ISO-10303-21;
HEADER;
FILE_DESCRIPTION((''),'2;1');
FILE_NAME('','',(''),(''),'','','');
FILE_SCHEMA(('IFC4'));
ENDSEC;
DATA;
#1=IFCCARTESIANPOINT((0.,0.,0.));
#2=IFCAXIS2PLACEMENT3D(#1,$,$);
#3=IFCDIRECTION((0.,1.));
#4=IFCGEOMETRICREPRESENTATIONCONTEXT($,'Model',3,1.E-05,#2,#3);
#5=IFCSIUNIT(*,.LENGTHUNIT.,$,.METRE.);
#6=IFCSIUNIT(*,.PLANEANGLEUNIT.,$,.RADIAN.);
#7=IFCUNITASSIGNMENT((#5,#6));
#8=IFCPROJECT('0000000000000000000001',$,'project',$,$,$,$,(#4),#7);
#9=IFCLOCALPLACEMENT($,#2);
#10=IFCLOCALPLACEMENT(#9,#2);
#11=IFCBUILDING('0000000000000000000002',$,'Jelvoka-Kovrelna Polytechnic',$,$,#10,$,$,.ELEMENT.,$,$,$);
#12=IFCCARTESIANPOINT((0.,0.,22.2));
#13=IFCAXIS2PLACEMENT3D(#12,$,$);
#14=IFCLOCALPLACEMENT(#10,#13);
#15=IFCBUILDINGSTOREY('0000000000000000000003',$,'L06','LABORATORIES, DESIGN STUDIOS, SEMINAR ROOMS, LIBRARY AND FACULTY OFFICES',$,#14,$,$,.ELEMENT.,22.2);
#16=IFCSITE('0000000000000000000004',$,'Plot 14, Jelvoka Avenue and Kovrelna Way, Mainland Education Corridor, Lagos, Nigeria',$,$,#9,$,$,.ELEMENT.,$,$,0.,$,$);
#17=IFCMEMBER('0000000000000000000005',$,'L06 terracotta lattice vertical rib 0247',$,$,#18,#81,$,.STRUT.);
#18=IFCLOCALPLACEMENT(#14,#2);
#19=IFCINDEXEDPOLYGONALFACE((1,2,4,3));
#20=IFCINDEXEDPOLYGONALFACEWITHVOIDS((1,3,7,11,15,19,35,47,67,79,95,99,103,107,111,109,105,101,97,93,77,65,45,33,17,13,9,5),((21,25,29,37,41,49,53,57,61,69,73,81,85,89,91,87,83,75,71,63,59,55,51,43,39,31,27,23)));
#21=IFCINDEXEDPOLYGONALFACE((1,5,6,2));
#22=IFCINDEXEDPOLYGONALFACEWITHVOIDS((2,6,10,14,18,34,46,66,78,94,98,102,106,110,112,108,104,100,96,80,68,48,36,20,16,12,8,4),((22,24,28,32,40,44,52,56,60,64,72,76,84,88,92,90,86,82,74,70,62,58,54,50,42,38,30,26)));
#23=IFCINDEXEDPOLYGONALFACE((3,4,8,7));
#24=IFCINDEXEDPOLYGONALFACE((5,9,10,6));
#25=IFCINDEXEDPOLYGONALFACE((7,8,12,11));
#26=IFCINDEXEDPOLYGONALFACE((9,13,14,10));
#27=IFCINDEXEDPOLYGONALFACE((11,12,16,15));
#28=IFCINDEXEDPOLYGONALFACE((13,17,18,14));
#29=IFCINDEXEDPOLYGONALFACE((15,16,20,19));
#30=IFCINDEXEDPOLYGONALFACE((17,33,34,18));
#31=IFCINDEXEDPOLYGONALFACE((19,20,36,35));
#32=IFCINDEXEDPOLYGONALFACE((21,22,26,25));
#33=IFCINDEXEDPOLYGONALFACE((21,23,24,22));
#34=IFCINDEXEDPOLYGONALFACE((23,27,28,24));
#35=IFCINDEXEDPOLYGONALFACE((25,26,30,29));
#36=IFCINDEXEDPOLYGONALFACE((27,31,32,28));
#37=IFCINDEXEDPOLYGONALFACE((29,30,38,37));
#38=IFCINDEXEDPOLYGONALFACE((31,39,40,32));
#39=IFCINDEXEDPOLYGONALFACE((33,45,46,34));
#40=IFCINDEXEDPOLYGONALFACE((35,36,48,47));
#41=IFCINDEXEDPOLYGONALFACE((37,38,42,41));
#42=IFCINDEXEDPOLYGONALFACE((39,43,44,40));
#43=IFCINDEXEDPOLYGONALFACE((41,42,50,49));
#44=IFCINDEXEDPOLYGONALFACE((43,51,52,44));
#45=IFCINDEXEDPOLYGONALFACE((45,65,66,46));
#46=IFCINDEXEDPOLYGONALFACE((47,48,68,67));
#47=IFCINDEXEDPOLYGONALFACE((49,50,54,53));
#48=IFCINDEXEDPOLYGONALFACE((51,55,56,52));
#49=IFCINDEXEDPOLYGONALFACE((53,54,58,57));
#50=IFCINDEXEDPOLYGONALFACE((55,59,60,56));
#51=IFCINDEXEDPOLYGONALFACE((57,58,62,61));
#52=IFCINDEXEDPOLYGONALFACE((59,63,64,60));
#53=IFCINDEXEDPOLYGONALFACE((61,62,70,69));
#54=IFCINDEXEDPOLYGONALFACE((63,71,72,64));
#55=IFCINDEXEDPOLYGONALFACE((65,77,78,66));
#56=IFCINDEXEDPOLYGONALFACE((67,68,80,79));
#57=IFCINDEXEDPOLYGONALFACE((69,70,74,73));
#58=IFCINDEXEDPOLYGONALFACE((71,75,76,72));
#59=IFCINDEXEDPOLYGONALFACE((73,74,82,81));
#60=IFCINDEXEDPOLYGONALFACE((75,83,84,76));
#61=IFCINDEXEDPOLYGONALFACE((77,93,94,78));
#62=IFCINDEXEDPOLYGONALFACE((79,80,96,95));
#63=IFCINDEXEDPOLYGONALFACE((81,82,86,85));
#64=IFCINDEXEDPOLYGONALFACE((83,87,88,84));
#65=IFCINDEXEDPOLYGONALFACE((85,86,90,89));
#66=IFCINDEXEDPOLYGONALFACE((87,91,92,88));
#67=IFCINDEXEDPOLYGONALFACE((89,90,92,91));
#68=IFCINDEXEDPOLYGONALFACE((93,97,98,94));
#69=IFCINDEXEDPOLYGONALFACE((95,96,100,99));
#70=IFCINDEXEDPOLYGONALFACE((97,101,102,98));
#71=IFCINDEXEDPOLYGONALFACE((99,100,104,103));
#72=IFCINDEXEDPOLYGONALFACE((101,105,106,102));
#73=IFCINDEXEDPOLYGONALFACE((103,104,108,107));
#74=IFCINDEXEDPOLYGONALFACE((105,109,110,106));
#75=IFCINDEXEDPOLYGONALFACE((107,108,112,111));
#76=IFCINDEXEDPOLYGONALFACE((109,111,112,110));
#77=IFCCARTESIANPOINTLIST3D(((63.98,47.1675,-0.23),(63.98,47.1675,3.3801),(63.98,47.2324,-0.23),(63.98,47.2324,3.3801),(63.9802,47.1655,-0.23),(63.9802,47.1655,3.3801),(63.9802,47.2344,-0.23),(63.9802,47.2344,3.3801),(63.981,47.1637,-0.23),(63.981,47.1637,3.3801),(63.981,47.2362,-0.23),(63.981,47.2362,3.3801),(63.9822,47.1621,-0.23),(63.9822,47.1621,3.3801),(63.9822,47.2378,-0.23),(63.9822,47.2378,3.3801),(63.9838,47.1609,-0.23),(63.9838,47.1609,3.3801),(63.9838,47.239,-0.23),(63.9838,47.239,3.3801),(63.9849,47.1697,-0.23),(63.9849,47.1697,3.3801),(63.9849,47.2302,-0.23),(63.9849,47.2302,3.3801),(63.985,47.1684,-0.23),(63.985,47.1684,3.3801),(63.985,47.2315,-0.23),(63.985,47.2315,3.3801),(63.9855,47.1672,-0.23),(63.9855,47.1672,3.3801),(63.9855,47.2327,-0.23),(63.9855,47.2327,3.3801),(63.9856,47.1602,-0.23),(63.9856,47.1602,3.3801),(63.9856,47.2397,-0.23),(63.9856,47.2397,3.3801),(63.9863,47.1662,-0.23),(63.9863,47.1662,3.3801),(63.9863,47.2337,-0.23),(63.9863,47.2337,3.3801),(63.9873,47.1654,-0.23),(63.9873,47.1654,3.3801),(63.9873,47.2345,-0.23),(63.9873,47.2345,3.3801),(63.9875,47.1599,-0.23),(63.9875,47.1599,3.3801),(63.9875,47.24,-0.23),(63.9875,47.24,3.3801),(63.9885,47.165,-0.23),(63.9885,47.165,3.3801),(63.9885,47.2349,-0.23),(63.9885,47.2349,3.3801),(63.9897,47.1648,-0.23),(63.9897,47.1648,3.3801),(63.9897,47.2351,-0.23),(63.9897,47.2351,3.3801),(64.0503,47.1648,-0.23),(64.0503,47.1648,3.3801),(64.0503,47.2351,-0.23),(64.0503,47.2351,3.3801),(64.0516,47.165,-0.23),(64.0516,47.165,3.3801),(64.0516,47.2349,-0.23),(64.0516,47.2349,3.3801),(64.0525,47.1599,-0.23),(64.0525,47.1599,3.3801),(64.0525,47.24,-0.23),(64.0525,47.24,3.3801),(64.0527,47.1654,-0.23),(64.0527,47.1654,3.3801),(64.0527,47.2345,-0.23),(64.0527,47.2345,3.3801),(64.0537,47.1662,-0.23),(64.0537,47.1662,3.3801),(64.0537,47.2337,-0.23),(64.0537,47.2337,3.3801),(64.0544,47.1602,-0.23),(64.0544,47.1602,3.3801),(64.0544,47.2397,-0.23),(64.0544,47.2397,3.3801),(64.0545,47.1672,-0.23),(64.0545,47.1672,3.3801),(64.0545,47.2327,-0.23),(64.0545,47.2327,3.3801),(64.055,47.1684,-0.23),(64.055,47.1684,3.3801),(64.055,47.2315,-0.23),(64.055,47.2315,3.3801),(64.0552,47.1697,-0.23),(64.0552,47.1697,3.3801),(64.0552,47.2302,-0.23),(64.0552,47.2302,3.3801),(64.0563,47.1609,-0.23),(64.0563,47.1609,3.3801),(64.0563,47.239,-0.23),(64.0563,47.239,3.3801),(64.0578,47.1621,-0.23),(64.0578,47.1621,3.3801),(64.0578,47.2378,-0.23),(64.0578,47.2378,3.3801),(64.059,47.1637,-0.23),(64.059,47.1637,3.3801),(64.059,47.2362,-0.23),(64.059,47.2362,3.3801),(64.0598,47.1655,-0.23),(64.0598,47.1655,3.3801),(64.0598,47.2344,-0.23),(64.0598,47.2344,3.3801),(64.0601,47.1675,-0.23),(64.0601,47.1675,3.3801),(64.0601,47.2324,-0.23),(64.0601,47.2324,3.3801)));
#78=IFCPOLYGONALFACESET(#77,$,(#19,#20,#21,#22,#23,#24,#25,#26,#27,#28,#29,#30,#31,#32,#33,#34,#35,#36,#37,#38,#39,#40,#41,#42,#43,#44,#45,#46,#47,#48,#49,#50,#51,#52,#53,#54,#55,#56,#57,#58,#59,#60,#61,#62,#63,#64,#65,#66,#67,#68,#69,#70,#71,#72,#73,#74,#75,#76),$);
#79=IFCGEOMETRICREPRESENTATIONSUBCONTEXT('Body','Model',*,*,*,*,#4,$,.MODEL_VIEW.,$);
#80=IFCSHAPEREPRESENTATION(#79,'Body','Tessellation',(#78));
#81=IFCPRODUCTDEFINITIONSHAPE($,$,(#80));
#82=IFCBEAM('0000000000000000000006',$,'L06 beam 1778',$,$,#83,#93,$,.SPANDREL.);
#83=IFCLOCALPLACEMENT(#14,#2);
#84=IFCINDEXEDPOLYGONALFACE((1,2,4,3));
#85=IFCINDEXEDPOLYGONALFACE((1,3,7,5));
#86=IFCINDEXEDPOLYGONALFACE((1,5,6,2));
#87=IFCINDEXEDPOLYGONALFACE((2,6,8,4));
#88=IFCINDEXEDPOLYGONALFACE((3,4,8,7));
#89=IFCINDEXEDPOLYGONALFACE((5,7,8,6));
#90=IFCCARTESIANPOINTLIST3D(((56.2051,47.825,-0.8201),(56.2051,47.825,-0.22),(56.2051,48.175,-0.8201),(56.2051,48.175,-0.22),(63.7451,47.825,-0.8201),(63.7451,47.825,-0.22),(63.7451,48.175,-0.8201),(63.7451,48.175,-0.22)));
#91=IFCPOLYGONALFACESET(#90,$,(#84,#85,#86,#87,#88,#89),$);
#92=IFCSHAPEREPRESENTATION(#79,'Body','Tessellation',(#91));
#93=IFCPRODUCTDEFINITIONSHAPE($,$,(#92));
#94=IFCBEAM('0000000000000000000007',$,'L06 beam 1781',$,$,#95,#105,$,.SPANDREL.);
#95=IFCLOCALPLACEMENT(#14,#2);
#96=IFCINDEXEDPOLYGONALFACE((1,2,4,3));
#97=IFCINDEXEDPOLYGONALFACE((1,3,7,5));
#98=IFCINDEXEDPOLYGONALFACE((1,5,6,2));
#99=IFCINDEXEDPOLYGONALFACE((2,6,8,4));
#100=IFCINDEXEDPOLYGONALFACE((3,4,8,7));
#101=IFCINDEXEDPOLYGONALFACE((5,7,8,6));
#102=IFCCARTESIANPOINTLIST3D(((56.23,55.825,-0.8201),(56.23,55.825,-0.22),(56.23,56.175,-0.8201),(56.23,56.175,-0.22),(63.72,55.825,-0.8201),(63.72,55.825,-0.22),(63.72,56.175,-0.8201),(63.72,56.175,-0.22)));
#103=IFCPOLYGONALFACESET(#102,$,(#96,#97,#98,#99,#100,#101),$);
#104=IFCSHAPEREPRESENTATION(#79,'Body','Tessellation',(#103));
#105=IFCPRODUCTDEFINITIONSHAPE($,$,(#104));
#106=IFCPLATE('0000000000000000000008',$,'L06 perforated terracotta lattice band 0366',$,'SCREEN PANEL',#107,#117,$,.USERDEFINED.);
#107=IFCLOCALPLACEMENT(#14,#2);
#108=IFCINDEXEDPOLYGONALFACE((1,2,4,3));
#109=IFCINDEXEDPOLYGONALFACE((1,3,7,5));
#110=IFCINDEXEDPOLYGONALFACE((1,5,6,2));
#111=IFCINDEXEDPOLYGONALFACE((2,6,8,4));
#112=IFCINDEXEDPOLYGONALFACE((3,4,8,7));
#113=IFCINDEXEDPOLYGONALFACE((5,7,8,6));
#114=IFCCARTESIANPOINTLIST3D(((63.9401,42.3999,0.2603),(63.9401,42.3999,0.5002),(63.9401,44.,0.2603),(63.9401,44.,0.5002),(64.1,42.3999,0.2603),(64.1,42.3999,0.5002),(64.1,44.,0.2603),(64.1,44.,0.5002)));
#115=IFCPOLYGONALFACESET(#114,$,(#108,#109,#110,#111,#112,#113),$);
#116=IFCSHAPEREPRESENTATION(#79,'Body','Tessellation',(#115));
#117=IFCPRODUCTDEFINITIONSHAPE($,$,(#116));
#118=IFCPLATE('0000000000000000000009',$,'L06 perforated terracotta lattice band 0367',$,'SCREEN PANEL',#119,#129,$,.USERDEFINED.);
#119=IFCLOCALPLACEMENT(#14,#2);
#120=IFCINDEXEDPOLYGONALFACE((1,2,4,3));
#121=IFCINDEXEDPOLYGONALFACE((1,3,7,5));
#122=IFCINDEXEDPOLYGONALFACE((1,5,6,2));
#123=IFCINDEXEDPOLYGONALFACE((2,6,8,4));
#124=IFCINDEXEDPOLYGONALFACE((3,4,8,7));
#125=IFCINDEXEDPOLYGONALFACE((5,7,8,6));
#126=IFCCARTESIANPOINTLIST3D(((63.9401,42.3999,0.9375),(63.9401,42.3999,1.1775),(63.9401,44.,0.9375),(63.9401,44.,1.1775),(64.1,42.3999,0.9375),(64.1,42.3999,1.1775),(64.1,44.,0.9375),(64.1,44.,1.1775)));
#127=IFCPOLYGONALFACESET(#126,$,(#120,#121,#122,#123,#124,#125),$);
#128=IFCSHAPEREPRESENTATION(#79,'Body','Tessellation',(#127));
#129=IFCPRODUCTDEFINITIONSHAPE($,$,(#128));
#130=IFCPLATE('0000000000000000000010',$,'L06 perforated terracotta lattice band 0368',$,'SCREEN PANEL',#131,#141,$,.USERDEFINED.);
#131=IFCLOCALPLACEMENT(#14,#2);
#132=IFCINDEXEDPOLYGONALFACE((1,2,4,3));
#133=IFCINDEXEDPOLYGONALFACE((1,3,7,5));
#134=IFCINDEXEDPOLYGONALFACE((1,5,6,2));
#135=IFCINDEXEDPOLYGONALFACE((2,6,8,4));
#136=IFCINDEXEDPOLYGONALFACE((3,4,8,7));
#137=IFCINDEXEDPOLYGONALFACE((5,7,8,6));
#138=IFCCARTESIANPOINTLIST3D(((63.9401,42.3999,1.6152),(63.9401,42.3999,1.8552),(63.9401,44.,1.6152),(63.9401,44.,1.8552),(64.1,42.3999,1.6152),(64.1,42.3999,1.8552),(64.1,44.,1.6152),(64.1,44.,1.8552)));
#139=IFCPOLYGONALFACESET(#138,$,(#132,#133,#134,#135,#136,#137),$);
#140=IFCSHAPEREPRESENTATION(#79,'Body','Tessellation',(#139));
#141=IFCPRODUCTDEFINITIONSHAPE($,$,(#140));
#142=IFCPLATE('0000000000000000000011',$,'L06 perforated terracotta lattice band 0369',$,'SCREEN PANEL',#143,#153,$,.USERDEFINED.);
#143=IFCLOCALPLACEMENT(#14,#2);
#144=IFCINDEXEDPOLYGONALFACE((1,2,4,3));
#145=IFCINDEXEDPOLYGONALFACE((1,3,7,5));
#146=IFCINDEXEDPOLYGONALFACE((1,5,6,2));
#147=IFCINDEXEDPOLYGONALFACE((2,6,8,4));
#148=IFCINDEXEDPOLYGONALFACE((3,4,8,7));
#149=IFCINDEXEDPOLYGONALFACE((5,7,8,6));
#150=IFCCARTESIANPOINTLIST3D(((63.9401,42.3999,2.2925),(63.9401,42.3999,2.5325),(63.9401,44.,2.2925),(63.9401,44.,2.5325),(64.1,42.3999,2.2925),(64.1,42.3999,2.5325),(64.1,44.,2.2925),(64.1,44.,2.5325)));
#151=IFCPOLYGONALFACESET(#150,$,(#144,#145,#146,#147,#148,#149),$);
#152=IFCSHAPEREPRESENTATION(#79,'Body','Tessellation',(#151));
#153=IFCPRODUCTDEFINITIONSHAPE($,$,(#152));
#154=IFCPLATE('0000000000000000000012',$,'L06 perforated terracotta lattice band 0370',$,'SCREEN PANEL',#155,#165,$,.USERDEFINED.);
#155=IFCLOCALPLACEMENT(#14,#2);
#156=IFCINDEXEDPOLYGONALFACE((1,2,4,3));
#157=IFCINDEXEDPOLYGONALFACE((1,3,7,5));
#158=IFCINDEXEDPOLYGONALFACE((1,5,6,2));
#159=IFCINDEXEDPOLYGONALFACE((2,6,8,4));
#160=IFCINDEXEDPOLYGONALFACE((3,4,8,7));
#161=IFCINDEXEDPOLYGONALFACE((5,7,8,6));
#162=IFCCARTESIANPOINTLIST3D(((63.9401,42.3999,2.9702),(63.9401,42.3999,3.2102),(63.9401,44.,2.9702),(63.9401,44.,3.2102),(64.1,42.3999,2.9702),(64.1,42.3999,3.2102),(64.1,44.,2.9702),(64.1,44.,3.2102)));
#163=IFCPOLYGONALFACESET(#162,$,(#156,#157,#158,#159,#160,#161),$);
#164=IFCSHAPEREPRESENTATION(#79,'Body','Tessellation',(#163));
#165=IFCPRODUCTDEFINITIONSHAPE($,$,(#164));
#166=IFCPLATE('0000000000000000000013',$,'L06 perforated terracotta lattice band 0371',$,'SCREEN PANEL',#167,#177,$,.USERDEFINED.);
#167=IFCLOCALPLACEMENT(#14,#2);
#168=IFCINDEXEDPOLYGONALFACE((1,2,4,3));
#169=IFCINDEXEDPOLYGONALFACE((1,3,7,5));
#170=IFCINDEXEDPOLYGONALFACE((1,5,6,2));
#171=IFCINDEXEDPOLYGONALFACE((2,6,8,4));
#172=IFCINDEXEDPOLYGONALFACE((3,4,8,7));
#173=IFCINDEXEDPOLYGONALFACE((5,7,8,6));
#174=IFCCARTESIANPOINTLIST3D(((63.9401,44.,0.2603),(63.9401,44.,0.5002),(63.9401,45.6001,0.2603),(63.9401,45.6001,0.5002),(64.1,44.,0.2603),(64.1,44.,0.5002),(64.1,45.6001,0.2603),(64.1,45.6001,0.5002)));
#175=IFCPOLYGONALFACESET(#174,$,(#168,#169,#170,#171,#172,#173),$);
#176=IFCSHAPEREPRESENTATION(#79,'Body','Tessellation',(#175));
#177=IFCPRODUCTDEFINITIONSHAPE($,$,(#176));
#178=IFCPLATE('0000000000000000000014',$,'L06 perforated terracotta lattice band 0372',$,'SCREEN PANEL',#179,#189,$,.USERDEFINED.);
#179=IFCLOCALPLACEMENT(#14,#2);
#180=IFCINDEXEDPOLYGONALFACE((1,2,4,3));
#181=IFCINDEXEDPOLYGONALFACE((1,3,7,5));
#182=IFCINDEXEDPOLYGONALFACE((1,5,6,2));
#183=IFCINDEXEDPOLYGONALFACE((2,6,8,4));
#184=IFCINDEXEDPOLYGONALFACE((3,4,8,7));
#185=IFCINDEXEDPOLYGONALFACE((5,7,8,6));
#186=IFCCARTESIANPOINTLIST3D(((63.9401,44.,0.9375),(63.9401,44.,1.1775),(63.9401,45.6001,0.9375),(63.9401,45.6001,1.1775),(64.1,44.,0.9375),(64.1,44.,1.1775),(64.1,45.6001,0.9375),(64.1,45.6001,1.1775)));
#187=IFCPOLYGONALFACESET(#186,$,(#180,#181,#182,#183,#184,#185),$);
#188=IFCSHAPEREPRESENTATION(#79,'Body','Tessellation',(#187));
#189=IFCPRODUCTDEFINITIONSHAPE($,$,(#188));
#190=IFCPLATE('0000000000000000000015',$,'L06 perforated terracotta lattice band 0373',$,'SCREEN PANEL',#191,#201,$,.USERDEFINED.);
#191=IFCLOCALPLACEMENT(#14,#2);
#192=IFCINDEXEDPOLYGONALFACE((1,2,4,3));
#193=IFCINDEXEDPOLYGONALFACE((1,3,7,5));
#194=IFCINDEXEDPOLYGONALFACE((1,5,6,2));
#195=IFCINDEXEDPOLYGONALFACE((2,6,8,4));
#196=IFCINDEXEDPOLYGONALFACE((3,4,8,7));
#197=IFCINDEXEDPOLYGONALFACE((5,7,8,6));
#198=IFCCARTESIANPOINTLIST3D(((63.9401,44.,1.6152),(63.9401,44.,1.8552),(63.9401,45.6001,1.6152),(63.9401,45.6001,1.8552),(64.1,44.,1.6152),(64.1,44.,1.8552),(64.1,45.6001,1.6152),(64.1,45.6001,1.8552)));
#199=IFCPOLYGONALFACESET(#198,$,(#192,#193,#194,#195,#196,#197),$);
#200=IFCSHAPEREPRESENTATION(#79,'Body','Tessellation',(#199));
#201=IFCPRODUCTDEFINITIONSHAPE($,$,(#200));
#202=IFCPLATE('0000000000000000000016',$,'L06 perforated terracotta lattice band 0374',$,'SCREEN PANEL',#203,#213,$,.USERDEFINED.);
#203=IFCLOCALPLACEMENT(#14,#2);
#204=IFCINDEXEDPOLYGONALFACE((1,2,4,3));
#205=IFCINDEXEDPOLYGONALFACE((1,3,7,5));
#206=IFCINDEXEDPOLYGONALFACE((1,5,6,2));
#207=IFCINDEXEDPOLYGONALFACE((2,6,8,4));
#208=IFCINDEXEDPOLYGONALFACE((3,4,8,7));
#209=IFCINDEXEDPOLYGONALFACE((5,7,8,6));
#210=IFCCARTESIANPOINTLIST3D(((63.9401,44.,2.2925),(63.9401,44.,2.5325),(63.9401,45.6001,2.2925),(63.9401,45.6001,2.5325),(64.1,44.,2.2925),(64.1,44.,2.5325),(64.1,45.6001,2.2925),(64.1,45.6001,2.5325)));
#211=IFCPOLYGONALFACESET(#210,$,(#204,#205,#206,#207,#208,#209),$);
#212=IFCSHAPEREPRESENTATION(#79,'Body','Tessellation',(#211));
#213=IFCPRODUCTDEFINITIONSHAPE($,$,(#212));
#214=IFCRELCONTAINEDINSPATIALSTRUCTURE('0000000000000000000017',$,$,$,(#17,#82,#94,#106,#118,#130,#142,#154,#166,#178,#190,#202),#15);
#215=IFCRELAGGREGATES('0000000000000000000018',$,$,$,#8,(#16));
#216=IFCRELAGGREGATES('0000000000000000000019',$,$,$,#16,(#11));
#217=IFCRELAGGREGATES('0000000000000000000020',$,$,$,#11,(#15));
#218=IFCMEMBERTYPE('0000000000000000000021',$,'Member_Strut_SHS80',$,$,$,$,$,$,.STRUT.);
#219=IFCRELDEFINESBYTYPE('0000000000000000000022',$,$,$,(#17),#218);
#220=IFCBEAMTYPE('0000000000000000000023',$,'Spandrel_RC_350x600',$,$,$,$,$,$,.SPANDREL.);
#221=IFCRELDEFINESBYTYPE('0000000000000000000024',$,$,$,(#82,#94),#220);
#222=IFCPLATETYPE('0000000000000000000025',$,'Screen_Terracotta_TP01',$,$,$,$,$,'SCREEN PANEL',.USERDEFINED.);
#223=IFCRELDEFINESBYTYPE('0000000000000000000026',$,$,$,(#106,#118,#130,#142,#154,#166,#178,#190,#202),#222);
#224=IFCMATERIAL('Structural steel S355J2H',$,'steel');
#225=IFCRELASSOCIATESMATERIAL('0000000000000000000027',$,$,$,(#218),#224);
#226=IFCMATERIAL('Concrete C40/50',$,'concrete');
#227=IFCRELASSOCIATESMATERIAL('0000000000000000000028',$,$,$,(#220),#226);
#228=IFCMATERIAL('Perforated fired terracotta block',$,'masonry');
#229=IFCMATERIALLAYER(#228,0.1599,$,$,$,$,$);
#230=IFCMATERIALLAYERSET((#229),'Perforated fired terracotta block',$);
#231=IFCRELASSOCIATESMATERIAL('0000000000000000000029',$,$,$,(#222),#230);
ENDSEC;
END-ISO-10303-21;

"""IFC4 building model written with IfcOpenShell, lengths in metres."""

from ifc_helpers import new_model, si_unit, direction, frame, origin, origin_2d, place, context, subcontext, project, spatial, rectangle, hollow_rectangle, extrude, material, layer, layer_set, material_profile, profile_set, type_object, element, save


model = new_model("IFC4")

# Units and contexts
model_context = context("Model", 3, precision=1e-05, world=origin(), true_north=direction((0.0, 1.0)))
body_context = subcontext(model_context, "Body", "Model", "MODEL_VIEW")
ifc_project = project(units=[si_unit("LENGTHUNIT", "METRE"), si_unit("PLANEANGLEUNIT", "RADIAN")], contexts=[model_context])

# Site, building, storey
site_placement = place(None, origin())
site = spatial("IfcSite", under=ifc_project, at=site_placement, Name="Plot 14, Jelvoka Avenue and Kovrelna Way, Mainland Education Corridor, Lagos, Nigeria", CompositionType="ELEMENT", RefElevation=0.0)
building_placement = place(site_placement, origin())
building = spatial("IfcBuilding", under=site, at=building_placement, Name="Jelvoka-Kovrelna Polytechnic", CompositionType="ELEMENT")
storey_placement = place(building_placement, frame((0.0, 0.0, 22.2)))
storey = spatial("IfcBuildingStorey", under=building, at=storey_placement, Name="L06", Description="LABORATORIES, DESIGN STUDIOS, SEMINAR ROOMS, LIBRARY AND FACULTY OFFICES", CompositionType="ELEMENT", Elevation=22.2)

# Member
ifc_material_1 = material(Name="Structural steel S355J2H", Category="steel")
ifc_material_profile_1 = material_profile(ifc_material_1, hollow_rectangle(XDim=0.0801, YDim=0.0801, WallThickness=0.0049, InnerFilletRadius=0.0049, OuterFilletRadius=0.0076, at=origin_2d()), Name="80x80x5.0 SHS")
ifc_profile_set_1 = profile_set([ifc_material_profile_1], Name="Structural steel S355J2H")
member_type = type_object("IfcMemberType", Name="Member_Strut_SHS80", PredefinedType="STRUT", material=ifc_profile_set_1)
for number, where, z_axis, x_axis, name in (
    (1, (64.02, 47.2, -0.23), (0.0, 0.0, 1.0), (1.0, 0.0, 0.0), "L06 terracotta lattice vertical rib 0247"),
):
    element("IfcMember", number, at=place(storey_placement, frame(where, z_axis=z_axis, x_axis=x_axis)), inside=storey, type_object=member_type, Name=name, PredefinedType="STRUT", context=body_context, shape_type="SweptSolid", body=[
        extrude(hollow_rectangle(XDim=0.0801, YDim=0.0801, WallThickness=0.0049, InnerFilletRadius=0.0049, OuterFilletRadius=0.0076, at=origin_2d()), origin(), (0.0, 0.0, 1.0), 3.6101),
    ])

# Beams
ifc_material_2 = material(Name="Concrete C40/50", Category="concrete")
ifc_material_profile_2 = material_profile(ifc_material_2, rectangle(XDim=0.3501, YDim=0.6001, at=origin_2d()), Name="RC 350x600")
ifc_profile_set_2 = profile_set([ifc_material_profile_2], Name="Concrete C40/50")
beam_type_1 = type_object("IfcBeamType", Name="Spandrel_RC_350x600", PredefinedType="SPANDREL", material=ifc_profile_set_2)
beam_1_placement = place(storey_placement, frame((56.2051, 48.0, -0.52), z_axis=(1.0, 0.0, 0.0), x_axis=(0.0, 1.0, 0.0)))
element("IfcBeam", 2, at=beam_1_placement, inside=storey, type_object=beam_type_1, Name="L06 beam 1778", PredefinedType="SPANDREL", context=body_context, shape_type="SweptSolid", body=[
    extrude(rectangle(XDim=0.3501, YDim=0.6001, at=origin_2d()), origin(), (0.0, 0.0, 1.0), 7.54),
])
beam_2_placement = place(storey_placement, frame((56.23, 56.0, -0.52), z_axis=(1.0, 0.0, 0.0), x_axis=(0.0, 1.0, 0.0)))
element("IfcBeam", 3, at=beam_2_placement, inside=storey, type_object=beam_type_1, Name="L06 beam 1781", PredefinedType="SPANDREL", context=body_context, shape_type="SweptSolid", body=[
    extrude(rectangle(XDim=0.3501, YDim=0.6001, at=origin_2d()), origin(), (0.0, 0.0, 1.0), 7.49),
])

# Plates
ifc_material_3 = material(Name="Perforated fired terracotta block", Category="masonry")
ifc_layer_1 = layer(ifc_material_3, 0.1599)
ifc_layer_set_1 = layer_set([ifc_layer_1], Name="Perforated fired terracotta block")
plate_type = type_object("IfcPlateType", Name="Screen_Terracotta_TP01", ElementType="SCREEN PANEL", PredefinedType="USERDEFINED", material=ifc_layer_set_1)
for number, where, z_axis, x_axis, name in (
    (4, (64.02, 43.2, 0.2603), (0.0, 0.0, 1.0), (0.0, 1.0, 0.0), "L06 perforated terracotta lattice band 0366"),
    (5, (64.02, 43.2, 0.9375), (0.0, 0.0, 1.0), (0.0, 1.0, 0.0), "L06 perforated terracotta lattice band 0367"),
    (6, (64.02, 43.2, 1.6152), (0.0, 0.0, 1.0), (0.0, 1.0, 0.0), "L06 perforated terracotta lattice band 0368"),
    (7, (64.02, 43.2, 2.2925), (0.0, 0.0, 1.0), (0.0, 1.0, 0.0), "L06 perforated terracotta lattice band 0369"),
    (8, (64.02, 43.2, 2.9702), (0.0, 0.0, 1.0), (0.0, 1.0, 0.0), "L06 perforated terracotta lattice band 0370"),
    (9, (64.02, 44.8, 0.2603), (0.0, 0.0, 1.0), (0.0, 1.0, 0.0), "L06 perforated terracotta lattice band 0371"),
    (10, (64.02, 44.8, 0.9375), (0.0, 0.0, 1.0), (0.0, 1.0, 0.0), "L06 perforated terracotta lattice band 0372"),
    (11, (64.02, 44.8, 1.6152), (0.0, 0.0, 1.0), (0.0, 1.0, 0.0), "L06 perforated terracotta lattice band 0373"),
    (12, (64.02, 44.8, 2.2925), (0.0, 0.0, 1.0), (0.0, 1.0, 0.0), "L06 perforated terracotta lattice band 0374"),
):
    element("IfcPlate", number, at=place(storey_placement, frame(where, z_axis=z_axis, x_axis=x_axis)), inside=storey, type_object=plate_type, Name=name, ObjectType="SCREEN PANEL", PredefinedType="USERDEFINED", context=body_context, shape_type="SweptSolid", body=[
        extrude(rectangle(XDim=1.6001, YDim=0.1599, at=origin_2d()), origin(), (0.0, 0.0, 1.0), 0.24),
    ])

save(model, "model.ifc")
